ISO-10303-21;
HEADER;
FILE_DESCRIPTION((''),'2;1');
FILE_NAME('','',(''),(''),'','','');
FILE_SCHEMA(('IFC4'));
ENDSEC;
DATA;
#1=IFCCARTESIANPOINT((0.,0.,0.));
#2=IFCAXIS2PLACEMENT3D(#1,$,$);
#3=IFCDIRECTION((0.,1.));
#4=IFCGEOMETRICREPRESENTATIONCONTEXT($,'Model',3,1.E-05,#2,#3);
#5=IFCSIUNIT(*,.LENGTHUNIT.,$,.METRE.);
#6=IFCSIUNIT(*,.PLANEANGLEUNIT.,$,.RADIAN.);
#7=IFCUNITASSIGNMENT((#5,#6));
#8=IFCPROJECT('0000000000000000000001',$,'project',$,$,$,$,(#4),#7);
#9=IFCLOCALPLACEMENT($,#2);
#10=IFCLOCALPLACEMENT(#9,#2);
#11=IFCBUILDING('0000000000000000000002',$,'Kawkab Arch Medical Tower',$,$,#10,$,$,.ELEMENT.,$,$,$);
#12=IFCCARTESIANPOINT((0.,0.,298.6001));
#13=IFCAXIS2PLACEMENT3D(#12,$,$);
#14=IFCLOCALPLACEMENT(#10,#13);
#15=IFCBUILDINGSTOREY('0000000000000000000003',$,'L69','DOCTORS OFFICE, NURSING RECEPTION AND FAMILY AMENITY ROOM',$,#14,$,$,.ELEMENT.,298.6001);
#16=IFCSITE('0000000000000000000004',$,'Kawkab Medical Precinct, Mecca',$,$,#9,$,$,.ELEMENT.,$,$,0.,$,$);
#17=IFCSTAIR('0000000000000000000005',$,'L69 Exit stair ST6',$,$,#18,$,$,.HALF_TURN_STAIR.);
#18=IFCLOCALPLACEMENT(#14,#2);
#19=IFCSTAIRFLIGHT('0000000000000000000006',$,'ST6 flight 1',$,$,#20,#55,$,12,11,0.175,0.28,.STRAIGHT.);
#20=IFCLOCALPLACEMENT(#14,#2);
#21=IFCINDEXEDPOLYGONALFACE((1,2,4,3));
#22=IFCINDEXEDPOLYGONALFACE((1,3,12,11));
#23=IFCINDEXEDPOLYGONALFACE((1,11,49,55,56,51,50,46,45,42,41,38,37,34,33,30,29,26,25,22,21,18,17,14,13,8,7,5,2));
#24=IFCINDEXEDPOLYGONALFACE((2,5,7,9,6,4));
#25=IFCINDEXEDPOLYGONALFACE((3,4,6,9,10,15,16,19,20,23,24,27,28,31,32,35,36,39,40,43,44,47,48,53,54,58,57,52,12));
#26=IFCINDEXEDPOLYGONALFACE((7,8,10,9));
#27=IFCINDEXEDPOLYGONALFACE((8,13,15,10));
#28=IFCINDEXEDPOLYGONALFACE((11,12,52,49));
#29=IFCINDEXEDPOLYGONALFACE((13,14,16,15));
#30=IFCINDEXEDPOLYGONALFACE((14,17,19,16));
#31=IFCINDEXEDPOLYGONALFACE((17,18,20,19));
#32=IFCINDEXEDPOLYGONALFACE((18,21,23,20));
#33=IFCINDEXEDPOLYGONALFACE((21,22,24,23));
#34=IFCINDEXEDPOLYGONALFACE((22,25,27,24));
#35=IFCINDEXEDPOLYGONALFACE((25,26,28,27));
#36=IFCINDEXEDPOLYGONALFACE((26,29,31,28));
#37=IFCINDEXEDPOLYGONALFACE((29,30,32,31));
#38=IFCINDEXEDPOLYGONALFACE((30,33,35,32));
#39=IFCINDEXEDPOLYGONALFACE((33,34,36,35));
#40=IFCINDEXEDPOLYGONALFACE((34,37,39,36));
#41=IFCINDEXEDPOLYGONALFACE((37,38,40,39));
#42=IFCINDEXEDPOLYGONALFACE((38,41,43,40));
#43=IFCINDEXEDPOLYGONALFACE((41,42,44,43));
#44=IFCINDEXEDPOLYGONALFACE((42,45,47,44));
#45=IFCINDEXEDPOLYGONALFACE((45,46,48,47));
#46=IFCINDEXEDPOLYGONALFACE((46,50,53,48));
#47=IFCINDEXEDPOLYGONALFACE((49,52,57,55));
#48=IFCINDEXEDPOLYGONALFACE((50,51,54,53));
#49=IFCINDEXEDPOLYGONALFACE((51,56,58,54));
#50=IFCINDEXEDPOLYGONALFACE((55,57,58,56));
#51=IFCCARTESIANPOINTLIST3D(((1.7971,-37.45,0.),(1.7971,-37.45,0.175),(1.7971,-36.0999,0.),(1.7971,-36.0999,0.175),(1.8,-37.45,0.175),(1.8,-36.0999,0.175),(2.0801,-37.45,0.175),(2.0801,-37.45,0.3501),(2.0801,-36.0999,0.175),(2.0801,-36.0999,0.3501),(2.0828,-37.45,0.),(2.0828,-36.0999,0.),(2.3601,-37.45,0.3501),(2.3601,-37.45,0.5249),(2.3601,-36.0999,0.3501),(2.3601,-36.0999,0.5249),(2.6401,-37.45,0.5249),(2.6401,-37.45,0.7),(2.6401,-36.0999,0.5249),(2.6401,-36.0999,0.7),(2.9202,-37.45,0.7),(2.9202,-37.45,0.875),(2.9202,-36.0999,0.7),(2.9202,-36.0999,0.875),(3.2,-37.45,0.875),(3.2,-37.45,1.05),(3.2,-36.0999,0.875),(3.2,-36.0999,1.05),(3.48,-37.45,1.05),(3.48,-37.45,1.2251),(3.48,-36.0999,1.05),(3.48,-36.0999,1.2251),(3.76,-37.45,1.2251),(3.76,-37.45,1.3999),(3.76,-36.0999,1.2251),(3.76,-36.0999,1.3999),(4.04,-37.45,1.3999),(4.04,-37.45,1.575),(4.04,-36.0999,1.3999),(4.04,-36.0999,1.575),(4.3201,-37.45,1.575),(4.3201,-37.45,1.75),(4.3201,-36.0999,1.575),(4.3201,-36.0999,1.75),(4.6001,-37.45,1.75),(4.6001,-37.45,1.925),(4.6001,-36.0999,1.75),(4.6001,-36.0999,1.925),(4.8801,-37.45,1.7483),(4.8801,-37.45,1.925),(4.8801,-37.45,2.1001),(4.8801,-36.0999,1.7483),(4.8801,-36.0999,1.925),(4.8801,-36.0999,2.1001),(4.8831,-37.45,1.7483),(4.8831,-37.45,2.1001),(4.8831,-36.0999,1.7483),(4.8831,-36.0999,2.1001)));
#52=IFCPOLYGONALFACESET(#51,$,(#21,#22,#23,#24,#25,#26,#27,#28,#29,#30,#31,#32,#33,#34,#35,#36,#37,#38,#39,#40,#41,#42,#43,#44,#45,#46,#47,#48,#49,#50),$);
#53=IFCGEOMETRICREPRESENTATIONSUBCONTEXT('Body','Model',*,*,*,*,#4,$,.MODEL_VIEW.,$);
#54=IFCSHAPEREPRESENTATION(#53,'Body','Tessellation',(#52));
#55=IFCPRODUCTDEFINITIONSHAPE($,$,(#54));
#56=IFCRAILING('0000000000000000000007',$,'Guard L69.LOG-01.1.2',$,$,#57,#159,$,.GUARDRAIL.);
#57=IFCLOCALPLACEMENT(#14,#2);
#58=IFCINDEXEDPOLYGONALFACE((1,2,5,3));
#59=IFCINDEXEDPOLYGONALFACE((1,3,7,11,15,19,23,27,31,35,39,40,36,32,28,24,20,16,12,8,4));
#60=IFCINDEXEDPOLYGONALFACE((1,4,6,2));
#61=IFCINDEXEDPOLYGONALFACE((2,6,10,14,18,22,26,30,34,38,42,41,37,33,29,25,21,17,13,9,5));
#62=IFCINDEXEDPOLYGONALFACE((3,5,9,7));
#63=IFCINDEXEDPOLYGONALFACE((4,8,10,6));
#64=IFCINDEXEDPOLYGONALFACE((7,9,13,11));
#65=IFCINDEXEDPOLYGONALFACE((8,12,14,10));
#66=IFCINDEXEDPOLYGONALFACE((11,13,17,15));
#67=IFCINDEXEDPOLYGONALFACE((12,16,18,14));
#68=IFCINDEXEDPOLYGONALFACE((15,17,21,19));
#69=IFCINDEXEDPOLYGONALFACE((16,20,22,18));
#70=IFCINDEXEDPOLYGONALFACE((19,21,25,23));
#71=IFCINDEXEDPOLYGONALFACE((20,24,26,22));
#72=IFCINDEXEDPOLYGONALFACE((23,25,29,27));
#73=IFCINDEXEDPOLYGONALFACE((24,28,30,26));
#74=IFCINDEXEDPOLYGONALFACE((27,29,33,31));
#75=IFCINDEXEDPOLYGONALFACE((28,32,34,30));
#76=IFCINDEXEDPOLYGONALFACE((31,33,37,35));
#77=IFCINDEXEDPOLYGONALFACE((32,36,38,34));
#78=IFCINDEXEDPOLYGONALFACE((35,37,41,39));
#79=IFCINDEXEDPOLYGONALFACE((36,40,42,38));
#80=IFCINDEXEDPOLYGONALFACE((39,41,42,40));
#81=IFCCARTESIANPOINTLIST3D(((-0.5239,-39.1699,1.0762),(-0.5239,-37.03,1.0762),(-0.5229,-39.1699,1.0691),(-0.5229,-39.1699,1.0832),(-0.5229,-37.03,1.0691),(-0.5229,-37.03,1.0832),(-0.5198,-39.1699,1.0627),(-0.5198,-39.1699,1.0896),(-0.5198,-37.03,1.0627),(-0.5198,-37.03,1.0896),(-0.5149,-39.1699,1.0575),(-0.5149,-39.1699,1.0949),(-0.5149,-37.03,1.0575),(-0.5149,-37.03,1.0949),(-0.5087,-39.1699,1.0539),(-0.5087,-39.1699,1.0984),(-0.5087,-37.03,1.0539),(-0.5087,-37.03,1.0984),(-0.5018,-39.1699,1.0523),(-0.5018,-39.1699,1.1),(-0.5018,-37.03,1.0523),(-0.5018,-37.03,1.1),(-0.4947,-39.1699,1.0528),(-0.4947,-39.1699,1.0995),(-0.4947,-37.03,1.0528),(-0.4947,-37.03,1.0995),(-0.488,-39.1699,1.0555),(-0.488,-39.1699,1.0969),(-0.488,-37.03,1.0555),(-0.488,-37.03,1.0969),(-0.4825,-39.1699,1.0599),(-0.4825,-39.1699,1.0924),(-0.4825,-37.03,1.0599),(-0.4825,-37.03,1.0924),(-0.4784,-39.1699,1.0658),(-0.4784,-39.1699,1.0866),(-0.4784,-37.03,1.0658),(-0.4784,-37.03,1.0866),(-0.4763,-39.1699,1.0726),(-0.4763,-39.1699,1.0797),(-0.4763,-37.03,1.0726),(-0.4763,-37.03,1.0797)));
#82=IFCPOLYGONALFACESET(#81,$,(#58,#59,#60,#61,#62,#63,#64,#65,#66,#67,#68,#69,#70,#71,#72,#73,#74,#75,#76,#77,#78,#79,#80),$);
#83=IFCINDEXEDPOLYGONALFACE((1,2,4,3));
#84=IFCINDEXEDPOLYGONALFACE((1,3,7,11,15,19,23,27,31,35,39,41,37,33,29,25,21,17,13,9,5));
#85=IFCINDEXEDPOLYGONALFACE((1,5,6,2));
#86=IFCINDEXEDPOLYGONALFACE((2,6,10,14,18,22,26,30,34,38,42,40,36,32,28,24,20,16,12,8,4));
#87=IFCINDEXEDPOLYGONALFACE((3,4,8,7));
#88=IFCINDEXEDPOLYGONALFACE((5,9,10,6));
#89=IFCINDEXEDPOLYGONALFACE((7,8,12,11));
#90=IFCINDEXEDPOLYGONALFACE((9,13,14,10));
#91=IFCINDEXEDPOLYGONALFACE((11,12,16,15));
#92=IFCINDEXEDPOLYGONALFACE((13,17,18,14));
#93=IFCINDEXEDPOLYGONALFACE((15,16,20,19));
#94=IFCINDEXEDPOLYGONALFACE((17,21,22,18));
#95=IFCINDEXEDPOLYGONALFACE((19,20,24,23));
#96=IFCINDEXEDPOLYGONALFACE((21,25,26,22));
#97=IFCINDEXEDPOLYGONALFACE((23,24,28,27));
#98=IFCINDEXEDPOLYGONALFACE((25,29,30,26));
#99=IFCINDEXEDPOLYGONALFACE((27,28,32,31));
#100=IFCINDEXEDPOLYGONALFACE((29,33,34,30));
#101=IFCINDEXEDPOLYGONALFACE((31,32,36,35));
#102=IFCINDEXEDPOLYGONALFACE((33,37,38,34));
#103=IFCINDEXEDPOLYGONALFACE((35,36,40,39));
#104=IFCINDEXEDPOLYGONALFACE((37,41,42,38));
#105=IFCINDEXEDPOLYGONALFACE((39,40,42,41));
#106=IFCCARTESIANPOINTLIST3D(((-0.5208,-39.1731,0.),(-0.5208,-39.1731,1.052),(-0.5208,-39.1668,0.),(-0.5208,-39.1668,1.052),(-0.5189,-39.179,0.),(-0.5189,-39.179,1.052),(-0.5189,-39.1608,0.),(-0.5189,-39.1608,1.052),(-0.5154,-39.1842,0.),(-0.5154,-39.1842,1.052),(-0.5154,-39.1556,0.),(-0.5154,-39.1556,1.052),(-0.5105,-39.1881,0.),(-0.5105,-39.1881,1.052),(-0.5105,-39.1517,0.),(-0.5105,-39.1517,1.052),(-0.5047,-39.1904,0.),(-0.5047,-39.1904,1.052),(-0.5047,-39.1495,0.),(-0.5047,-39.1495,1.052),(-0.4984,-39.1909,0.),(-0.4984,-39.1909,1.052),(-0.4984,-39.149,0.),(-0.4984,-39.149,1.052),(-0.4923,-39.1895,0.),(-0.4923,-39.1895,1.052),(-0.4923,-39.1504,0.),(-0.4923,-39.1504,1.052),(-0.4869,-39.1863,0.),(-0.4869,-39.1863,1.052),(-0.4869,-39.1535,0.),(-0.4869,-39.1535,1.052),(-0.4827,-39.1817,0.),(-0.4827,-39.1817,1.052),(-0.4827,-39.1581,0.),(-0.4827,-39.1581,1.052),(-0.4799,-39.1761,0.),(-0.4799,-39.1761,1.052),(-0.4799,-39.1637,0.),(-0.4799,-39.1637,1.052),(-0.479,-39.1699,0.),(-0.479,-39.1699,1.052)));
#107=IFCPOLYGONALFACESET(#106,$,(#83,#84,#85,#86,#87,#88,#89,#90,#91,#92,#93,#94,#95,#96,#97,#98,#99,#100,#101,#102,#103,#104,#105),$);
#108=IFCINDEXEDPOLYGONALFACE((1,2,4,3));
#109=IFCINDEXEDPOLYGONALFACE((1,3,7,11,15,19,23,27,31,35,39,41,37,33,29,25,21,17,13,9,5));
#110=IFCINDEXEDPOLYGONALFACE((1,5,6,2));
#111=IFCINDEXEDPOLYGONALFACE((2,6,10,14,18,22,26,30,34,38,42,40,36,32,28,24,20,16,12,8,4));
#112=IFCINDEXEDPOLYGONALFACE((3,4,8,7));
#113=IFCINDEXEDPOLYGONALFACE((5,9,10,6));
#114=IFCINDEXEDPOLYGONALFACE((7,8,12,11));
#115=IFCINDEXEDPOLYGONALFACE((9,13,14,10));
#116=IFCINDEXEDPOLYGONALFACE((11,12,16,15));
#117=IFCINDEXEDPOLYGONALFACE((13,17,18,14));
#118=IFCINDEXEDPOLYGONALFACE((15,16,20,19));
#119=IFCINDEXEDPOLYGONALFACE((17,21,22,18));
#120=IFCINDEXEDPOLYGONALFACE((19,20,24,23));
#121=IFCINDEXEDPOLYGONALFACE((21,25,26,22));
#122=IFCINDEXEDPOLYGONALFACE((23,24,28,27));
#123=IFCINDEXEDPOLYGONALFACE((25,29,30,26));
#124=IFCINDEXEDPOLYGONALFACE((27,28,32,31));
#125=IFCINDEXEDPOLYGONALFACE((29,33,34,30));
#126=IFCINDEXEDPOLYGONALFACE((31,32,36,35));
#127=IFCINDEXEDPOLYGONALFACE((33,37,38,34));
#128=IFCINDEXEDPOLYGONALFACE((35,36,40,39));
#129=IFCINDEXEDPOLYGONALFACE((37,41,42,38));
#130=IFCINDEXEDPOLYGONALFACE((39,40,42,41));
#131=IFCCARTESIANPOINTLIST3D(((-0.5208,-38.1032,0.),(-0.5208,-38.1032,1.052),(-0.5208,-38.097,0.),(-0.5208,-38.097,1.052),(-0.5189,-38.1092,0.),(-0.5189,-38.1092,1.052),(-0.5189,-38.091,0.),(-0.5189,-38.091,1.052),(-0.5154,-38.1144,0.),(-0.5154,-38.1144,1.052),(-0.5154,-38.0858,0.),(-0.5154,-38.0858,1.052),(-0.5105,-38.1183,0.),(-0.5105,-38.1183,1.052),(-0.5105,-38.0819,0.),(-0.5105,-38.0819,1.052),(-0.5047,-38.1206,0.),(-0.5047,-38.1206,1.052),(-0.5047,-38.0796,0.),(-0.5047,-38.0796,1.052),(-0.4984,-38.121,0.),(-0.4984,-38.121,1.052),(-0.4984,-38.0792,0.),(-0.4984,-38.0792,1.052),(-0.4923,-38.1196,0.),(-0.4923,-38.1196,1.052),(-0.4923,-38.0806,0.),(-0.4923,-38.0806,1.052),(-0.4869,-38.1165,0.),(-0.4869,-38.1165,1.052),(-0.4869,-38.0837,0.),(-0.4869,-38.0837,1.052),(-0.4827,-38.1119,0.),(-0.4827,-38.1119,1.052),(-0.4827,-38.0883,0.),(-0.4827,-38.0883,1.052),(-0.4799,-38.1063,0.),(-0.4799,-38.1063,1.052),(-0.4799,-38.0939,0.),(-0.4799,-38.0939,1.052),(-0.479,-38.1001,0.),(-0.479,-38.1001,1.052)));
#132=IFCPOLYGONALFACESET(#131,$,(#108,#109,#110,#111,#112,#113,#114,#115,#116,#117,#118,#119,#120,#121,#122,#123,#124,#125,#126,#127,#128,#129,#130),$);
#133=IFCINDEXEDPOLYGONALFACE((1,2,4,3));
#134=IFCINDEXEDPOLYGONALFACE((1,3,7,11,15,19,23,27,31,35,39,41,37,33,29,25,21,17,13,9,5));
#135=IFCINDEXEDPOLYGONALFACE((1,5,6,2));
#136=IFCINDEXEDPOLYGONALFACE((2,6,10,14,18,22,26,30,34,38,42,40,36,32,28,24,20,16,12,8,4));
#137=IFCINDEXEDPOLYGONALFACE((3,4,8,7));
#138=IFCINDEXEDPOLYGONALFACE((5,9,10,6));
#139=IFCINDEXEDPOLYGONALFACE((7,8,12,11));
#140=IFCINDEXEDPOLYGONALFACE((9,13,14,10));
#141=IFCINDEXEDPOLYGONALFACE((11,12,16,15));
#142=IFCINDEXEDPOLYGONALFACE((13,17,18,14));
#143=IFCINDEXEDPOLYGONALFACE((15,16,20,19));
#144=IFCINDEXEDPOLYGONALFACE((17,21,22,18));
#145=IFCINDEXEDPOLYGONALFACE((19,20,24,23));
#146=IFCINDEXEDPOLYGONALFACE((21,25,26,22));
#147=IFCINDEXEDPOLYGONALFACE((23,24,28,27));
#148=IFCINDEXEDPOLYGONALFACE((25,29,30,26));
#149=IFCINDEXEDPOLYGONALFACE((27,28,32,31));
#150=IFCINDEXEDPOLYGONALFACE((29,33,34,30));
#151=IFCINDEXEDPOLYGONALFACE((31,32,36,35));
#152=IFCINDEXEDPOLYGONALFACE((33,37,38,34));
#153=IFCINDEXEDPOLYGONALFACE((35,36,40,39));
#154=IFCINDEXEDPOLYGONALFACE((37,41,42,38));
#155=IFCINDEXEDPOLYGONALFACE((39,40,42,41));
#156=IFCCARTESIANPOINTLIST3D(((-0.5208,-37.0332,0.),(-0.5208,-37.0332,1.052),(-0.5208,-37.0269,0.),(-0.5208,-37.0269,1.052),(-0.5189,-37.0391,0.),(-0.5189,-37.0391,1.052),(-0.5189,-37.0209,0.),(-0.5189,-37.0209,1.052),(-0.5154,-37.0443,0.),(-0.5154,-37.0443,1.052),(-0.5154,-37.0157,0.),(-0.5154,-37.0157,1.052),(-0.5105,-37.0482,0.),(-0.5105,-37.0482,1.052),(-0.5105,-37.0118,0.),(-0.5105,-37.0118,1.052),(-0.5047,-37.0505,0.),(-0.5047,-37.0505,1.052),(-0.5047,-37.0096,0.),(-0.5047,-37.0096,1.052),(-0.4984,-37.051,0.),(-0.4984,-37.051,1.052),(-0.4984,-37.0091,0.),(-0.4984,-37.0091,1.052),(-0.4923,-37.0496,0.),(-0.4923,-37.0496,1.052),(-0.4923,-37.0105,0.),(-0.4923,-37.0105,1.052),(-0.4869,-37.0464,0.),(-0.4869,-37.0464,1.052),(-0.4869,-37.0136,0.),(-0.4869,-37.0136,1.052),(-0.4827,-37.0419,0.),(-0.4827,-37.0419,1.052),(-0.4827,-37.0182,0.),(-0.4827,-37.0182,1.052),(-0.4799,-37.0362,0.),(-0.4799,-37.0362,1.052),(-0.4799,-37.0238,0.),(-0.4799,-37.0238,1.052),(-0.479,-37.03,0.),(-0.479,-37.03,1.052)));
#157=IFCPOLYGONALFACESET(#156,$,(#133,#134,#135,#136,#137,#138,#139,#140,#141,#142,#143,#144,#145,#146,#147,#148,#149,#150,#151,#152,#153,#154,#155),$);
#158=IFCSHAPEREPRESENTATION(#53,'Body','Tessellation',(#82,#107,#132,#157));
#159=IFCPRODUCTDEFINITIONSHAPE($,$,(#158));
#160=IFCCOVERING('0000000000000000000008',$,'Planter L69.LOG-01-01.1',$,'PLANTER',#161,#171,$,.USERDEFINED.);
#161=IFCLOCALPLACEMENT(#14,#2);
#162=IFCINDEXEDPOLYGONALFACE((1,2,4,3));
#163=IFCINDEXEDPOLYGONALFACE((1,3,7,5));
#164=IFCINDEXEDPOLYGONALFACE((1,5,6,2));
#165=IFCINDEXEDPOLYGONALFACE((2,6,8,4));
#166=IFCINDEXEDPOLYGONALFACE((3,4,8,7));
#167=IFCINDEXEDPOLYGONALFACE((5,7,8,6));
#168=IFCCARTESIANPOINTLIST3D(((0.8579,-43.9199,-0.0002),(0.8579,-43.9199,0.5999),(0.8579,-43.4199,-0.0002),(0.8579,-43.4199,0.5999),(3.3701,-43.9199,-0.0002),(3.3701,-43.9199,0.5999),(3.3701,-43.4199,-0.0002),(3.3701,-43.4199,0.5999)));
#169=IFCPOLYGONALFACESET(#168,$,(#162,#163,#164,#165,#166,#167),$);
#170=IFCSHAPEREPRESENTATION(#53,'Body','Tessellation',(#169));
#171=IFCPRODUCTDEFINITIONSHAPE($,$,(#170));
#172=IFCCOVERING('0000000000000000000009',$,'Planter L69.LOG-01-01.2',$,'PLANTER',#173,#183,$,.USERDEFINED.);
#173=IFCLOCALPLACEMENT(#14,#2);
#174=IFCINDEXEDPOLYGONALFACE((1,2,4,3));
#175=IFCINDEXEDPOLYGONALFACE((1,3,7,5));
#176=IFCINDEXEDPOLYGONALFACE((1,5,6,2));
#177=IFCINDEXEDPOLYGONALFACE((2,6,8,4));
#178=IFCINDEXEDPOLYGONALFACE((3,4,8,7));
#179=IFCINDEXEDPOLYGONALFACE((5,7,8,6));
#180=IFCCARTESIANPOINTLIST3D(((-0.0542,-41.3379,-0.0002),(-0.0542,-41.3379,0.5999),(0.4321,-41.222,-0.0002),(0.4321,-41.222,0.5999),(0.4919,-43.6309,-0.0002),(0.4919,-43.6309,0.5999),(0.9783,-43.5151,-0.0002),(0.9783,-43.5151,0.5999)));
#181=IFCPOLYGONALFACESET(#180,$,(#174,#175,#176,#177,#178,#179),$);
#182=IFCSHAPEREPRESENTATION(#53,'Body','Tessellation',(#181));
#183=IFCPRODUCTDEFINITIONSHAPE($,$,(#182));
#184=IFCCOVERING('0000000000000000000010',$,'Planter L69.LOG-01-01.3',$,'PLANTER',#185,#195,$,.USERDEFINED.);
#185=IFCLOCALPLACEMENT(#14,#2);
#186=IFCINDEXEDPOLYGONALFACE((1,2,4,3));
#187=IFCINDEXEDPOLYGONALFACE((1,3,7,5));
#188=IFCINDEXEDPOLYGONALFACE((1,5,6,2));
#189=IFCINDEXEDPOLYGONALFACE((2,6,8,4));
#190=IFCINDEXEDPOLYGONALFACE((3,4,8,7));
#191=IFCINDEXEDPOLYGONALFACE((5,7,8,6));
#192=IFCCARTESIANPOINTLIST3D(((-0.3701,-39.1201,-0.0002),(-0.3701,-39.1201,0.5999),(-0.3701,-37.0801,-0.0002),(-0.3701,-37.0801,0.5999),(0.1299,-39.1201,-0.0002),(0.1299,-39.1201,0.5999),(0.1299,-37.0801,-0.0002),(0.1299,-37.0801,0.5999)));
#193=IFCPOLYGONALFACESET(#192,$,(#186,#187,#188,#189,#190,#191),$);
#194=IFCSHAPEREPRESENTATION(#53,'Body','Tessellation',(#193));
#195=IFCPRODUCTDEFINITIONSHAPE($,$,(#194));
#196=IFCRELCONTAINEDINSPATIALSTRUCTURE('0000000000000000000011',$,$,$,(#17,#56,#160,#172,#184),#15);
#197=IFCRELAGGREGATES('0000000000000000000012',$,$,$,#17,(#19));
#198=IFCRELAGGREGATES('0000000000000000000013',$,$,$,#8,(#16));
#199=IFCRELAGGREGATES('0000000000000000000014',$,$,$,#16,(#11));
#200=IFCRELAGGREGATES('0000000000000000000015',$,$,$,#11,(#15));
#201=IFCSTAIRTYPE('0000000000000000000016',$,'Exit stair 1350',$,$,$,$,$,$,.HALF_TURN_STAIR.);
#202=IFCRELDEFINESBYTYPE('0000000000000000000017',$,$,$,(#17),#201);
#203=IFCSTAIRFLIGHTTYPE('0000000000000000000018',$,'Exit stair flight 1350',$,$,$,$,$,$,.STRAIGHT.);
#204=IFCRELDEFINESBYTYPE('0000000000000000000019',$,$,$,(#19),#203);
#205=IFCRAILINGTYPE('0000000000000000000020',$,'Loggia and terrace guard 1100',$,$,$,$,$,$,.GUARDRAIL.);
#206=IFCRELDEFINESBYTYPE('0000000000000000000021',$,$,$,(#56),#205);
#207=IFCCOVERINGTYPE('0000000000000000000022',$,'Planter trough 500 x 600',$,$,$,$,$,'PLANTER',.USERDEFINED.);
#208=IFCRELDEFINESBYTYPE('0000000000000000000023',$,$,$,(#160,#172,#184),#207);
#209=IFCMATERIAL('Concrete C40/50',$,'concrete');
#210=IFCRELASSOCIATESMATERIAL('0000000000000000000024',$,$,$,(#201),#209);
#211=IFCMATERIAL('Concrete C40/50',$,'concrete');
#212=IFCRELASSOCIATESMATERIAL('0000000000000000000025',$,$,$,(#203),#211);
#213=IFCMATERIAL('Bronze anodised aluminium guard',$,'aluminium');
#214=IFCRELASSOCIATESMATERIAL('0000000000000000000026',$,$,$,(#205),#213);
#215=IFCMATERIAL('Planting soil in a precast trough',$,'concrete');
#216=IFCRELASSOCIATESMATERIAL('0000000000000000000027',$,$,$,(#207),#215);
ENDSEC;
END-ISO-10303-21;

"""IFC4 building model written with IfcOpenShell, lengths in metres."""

from ifc_helpers import new_model, si_unit, direction, frame, origin, origin_2d, place, context, subcontext, project, spatial, polyline, rectangle, circle, outline, extrude, material, material_profile, profile_set, type_object, element, aggregate, save


model = new_model("IFC4")

# Units and contexts
model_context = context("Model", 3, precision=1e-05, world=origin(), true_north=direction((0.0, 1.0)))
body_context = subcontext(model_context, "Body", "Model", "MODEL_VIEW")
ifc_project = project(units=[si_unit("LENGTHUNIT", "METRE"), si_unit("PLANEANGLEUNIT", "RADIAN")], contexts=[model_context])

# Site, building, storey
site_placement = place(None, origin())
site = spatial("IfcSite", under=ifc_project, at=site_placement, Name="Kawkab Medical Precinct, Mecca", CompositionType="ELEMENT", RefElevation=0.0)
building_placement = place(site_placement, origin())
building = spatial("IfcBuilding", under=site, at=building_placement, Name="Kawkab Arch Medical Tower", CompositionType="ELEMENT")
storey_placement = place(building_placement, frame((0.0, 0.0, 298.6001)))
storey = spatial("IfcBuildingStorey", under=building, at=storey_placement, Name="L69", Description="DOCTORS OFFICE, NURSING RECEPTION AND FAMILY AMENITY ROOM", CompositionType="ELEMENT", Elevation=298.6001)

# Shared definitions
placement = place(storey_placement, origin())

# Stair, stair flight
ifc_material_1 = material(Name="Concrete C40/50", Category="concrete")
stair_type = type_object("IfcStairType", Name="Exit stair 1350", PredefinedType="HALF_TURN_STAIR", material=ifc_material_1)
stair = element("IfcStair", 1, at=placement, inside=storey, type_object=stair_type, Name="L69 Exit stair ST6", PredefinedType="HALF_TURN_STAIR")
ifc_material_2 = material(Name="Concrete C40/50", Category="concrete")
stair_flight_type = type_object("IfcStairFlightType", Name="Exit stair flight 1350", PredefinedType="STRAIGHT", material=ifc_material_2)
stair_flight_placement = place(storey_placement, frame((1.8, -36.7749, 0.0), z_axis=(0.0, 0.0, 1.0), x_axis=(1.0, 0.0, 0.0)))
stair_flight = element("IfcStairFlight", 2, at=stair_flight_placement, type_object=stair_flight_type, Name="ST6 flight 1", NumberOfRisers=12, NumberOfTreads=11, PredefinedType="STRAIGHT", RiserHeight=0.175, TreadLength=0.28, context=body_context, shape_type="SweptSolid", body=[
    extrude(outline(polyline([(-0.0029, 0.0), (-0.0029, 0.175), (0.0, 0.175), (0.28, 0.175), (0.28, 0.3501), (0.5601, 0.3501), (0.5601, 0.5249), (0.8401, 0.5249), (0.8401, 0.7), (1.1201, 0.7), (1.1201, 0.875), (1.3999, 0.875), (1.3999, 1.05), (1.6799, 1.05), (1.6799, 1.2251), (1.96, 1.2251), (1.96, 1.3999), (2.24, 1.3999), (2.24, 1.575), (2.52, 1.575), (2.52, 1.75), (2.8, 1.75), (2.8, 1.925), (3.0801, 1.925), (3.0801, 2.1001), (3.083, 2.1001), (3.083, 1.7483), (3.0801, 1.7483), (0.2827, 0.0), (-0.0029, 0.0)])), frame((0.0, 0.675, 0.0), z_axis=(0.0, -1.0, 0.0), x_axis=(1.0, 0.0, 0.0)), (0.0, 0.0, 1.0), 1.3501),
])
aggregate(stair, [stair_flight])

# Railing
ifc_material_3 = material(Name="Bronze anodised aluminium guard", Category="aluminium")
railing_type_1 = type_object("IfcRailingType", Name="Loggia and terrace guard 1100", PredefinedType="GUARDRAIL", material=ifc_material_3)
railing_1_placement = place(storey_placement, frame((-0.5, -39.1699, 0.0)))
element("IfcRailing", 3, at=railing_1_placement, inside=storey, type_object=railing_type_1, Name="Guard L69.LOG-01.1.2", PredefinedType="GUARDRAIL", context=body_context, shape_type="SweptSolid", body=[
    extrude(circle(Radius=0.0239, at=origin_2d()), frame((0.0, 0.0, 1.0762), z_axis=(0.0, 1.0, 0.0), x_axis=(-1.0, 0.0, 0.0)), (0.0, 0.0, 1.0), 2.1399),
    extrude(circle(Radius=0.021, at=origin_2d()), origin(), (0.0, 0.0, 1.0), 1.052),
    extrude(circle(Radius=0.021, at=origin_2d()), frame((0.0, 1.0698, 0.0)), (0.0, 0.0, 1.0), 1.052),
    extrude(circle(Radius=0.021, at=origin_2d()), frame((0.0, 2.1399, 0.0)), (0.0, 0.0, 1.0), 1.052),
])

# Coverings
ifc_material_4 = material(Name="Planting soil in a precast trough", Category="concrete")
ifc_material_profile_1 = material_profile(ifc_material_4, rectangle(XDim=0.5, YDim=0.6001, at=origin_2d()), Name="Trough 500x600")
ifc_profile_set_1 = profile_set([ifc_material_profile_1], Name="Planting soil in a precast trough")
covering_type = type_object("IfcCoveringType", Name="Planter trough 500 x 600", ElementType="PLANTER", PredefinedType="USERDEFINED", material=ifc_profile_set_1)
covering_1_placement = place(storey_placement, frame((3.3701, -43.6699, 0.2998), z_axis=(-1.0, 0.0, 0.0), x_axis=(0.0, -1.0, 0.0)))
element("IfcCovering", 4, at=covering_1_placement, inside=storey, type_object=covering_type, Name="Planter L69.LOG-01-01.1", ObjectType="PLANTER", PredefinedType="USERDEFINED", context=body_context, shape_type="SweptSolid", body=[
    extrude(rectangle(XDim=0.5, YDim=0.6001, at=origin_2d()), origin(), (0.0, 0.0, 1.0), 2.5122),
])
covering_2_placement = place(storey_placement, frame((0.7351, -43.573, 0.2998), z_axis=(-0.2317, 0.972787, 0.0), x_axis=(-0.972787, -0.2317, 0.0)))
element("IfcCovering", 5, at=covering_2_placement, inside=storey, type_object=covering_type, Name="Planter L69.LOG-01-01.2", ObjectType="PLANTER", PredefinedType="USERDEFINED", context=body_context, shape_type="SweptSolid", body=[
    extrude(rectangle(XDim=0.5, YDim=0.6001, at=origin_2d()), origin(), (0.0, 0.0, 1.0), 2.3572),
])
covering_3_placement = place(storey_placement, frame((-0.1201, -39.1201, 0.2998), z_axis=(0.0, 1.0, 0.0), x_axis=(-1.0, 0.0, 0.0)))
element("IfcCovering", 6, at=covering_3_placement, inside=storey, type_object=covering_type, Name="Planter L69.LOG-01-01.3", ObjectType="PLANTER", PredefinedType="USERDEFINED", context=body_context, shape_type="SweptSolid", body=[
    extrude(rectangle(XDim=0.5, YDim=0.6001, at=origin_2d()), origin(), (0.0, 0.0, 1.0), 2.04),
])

save(model, "model.ifc")
